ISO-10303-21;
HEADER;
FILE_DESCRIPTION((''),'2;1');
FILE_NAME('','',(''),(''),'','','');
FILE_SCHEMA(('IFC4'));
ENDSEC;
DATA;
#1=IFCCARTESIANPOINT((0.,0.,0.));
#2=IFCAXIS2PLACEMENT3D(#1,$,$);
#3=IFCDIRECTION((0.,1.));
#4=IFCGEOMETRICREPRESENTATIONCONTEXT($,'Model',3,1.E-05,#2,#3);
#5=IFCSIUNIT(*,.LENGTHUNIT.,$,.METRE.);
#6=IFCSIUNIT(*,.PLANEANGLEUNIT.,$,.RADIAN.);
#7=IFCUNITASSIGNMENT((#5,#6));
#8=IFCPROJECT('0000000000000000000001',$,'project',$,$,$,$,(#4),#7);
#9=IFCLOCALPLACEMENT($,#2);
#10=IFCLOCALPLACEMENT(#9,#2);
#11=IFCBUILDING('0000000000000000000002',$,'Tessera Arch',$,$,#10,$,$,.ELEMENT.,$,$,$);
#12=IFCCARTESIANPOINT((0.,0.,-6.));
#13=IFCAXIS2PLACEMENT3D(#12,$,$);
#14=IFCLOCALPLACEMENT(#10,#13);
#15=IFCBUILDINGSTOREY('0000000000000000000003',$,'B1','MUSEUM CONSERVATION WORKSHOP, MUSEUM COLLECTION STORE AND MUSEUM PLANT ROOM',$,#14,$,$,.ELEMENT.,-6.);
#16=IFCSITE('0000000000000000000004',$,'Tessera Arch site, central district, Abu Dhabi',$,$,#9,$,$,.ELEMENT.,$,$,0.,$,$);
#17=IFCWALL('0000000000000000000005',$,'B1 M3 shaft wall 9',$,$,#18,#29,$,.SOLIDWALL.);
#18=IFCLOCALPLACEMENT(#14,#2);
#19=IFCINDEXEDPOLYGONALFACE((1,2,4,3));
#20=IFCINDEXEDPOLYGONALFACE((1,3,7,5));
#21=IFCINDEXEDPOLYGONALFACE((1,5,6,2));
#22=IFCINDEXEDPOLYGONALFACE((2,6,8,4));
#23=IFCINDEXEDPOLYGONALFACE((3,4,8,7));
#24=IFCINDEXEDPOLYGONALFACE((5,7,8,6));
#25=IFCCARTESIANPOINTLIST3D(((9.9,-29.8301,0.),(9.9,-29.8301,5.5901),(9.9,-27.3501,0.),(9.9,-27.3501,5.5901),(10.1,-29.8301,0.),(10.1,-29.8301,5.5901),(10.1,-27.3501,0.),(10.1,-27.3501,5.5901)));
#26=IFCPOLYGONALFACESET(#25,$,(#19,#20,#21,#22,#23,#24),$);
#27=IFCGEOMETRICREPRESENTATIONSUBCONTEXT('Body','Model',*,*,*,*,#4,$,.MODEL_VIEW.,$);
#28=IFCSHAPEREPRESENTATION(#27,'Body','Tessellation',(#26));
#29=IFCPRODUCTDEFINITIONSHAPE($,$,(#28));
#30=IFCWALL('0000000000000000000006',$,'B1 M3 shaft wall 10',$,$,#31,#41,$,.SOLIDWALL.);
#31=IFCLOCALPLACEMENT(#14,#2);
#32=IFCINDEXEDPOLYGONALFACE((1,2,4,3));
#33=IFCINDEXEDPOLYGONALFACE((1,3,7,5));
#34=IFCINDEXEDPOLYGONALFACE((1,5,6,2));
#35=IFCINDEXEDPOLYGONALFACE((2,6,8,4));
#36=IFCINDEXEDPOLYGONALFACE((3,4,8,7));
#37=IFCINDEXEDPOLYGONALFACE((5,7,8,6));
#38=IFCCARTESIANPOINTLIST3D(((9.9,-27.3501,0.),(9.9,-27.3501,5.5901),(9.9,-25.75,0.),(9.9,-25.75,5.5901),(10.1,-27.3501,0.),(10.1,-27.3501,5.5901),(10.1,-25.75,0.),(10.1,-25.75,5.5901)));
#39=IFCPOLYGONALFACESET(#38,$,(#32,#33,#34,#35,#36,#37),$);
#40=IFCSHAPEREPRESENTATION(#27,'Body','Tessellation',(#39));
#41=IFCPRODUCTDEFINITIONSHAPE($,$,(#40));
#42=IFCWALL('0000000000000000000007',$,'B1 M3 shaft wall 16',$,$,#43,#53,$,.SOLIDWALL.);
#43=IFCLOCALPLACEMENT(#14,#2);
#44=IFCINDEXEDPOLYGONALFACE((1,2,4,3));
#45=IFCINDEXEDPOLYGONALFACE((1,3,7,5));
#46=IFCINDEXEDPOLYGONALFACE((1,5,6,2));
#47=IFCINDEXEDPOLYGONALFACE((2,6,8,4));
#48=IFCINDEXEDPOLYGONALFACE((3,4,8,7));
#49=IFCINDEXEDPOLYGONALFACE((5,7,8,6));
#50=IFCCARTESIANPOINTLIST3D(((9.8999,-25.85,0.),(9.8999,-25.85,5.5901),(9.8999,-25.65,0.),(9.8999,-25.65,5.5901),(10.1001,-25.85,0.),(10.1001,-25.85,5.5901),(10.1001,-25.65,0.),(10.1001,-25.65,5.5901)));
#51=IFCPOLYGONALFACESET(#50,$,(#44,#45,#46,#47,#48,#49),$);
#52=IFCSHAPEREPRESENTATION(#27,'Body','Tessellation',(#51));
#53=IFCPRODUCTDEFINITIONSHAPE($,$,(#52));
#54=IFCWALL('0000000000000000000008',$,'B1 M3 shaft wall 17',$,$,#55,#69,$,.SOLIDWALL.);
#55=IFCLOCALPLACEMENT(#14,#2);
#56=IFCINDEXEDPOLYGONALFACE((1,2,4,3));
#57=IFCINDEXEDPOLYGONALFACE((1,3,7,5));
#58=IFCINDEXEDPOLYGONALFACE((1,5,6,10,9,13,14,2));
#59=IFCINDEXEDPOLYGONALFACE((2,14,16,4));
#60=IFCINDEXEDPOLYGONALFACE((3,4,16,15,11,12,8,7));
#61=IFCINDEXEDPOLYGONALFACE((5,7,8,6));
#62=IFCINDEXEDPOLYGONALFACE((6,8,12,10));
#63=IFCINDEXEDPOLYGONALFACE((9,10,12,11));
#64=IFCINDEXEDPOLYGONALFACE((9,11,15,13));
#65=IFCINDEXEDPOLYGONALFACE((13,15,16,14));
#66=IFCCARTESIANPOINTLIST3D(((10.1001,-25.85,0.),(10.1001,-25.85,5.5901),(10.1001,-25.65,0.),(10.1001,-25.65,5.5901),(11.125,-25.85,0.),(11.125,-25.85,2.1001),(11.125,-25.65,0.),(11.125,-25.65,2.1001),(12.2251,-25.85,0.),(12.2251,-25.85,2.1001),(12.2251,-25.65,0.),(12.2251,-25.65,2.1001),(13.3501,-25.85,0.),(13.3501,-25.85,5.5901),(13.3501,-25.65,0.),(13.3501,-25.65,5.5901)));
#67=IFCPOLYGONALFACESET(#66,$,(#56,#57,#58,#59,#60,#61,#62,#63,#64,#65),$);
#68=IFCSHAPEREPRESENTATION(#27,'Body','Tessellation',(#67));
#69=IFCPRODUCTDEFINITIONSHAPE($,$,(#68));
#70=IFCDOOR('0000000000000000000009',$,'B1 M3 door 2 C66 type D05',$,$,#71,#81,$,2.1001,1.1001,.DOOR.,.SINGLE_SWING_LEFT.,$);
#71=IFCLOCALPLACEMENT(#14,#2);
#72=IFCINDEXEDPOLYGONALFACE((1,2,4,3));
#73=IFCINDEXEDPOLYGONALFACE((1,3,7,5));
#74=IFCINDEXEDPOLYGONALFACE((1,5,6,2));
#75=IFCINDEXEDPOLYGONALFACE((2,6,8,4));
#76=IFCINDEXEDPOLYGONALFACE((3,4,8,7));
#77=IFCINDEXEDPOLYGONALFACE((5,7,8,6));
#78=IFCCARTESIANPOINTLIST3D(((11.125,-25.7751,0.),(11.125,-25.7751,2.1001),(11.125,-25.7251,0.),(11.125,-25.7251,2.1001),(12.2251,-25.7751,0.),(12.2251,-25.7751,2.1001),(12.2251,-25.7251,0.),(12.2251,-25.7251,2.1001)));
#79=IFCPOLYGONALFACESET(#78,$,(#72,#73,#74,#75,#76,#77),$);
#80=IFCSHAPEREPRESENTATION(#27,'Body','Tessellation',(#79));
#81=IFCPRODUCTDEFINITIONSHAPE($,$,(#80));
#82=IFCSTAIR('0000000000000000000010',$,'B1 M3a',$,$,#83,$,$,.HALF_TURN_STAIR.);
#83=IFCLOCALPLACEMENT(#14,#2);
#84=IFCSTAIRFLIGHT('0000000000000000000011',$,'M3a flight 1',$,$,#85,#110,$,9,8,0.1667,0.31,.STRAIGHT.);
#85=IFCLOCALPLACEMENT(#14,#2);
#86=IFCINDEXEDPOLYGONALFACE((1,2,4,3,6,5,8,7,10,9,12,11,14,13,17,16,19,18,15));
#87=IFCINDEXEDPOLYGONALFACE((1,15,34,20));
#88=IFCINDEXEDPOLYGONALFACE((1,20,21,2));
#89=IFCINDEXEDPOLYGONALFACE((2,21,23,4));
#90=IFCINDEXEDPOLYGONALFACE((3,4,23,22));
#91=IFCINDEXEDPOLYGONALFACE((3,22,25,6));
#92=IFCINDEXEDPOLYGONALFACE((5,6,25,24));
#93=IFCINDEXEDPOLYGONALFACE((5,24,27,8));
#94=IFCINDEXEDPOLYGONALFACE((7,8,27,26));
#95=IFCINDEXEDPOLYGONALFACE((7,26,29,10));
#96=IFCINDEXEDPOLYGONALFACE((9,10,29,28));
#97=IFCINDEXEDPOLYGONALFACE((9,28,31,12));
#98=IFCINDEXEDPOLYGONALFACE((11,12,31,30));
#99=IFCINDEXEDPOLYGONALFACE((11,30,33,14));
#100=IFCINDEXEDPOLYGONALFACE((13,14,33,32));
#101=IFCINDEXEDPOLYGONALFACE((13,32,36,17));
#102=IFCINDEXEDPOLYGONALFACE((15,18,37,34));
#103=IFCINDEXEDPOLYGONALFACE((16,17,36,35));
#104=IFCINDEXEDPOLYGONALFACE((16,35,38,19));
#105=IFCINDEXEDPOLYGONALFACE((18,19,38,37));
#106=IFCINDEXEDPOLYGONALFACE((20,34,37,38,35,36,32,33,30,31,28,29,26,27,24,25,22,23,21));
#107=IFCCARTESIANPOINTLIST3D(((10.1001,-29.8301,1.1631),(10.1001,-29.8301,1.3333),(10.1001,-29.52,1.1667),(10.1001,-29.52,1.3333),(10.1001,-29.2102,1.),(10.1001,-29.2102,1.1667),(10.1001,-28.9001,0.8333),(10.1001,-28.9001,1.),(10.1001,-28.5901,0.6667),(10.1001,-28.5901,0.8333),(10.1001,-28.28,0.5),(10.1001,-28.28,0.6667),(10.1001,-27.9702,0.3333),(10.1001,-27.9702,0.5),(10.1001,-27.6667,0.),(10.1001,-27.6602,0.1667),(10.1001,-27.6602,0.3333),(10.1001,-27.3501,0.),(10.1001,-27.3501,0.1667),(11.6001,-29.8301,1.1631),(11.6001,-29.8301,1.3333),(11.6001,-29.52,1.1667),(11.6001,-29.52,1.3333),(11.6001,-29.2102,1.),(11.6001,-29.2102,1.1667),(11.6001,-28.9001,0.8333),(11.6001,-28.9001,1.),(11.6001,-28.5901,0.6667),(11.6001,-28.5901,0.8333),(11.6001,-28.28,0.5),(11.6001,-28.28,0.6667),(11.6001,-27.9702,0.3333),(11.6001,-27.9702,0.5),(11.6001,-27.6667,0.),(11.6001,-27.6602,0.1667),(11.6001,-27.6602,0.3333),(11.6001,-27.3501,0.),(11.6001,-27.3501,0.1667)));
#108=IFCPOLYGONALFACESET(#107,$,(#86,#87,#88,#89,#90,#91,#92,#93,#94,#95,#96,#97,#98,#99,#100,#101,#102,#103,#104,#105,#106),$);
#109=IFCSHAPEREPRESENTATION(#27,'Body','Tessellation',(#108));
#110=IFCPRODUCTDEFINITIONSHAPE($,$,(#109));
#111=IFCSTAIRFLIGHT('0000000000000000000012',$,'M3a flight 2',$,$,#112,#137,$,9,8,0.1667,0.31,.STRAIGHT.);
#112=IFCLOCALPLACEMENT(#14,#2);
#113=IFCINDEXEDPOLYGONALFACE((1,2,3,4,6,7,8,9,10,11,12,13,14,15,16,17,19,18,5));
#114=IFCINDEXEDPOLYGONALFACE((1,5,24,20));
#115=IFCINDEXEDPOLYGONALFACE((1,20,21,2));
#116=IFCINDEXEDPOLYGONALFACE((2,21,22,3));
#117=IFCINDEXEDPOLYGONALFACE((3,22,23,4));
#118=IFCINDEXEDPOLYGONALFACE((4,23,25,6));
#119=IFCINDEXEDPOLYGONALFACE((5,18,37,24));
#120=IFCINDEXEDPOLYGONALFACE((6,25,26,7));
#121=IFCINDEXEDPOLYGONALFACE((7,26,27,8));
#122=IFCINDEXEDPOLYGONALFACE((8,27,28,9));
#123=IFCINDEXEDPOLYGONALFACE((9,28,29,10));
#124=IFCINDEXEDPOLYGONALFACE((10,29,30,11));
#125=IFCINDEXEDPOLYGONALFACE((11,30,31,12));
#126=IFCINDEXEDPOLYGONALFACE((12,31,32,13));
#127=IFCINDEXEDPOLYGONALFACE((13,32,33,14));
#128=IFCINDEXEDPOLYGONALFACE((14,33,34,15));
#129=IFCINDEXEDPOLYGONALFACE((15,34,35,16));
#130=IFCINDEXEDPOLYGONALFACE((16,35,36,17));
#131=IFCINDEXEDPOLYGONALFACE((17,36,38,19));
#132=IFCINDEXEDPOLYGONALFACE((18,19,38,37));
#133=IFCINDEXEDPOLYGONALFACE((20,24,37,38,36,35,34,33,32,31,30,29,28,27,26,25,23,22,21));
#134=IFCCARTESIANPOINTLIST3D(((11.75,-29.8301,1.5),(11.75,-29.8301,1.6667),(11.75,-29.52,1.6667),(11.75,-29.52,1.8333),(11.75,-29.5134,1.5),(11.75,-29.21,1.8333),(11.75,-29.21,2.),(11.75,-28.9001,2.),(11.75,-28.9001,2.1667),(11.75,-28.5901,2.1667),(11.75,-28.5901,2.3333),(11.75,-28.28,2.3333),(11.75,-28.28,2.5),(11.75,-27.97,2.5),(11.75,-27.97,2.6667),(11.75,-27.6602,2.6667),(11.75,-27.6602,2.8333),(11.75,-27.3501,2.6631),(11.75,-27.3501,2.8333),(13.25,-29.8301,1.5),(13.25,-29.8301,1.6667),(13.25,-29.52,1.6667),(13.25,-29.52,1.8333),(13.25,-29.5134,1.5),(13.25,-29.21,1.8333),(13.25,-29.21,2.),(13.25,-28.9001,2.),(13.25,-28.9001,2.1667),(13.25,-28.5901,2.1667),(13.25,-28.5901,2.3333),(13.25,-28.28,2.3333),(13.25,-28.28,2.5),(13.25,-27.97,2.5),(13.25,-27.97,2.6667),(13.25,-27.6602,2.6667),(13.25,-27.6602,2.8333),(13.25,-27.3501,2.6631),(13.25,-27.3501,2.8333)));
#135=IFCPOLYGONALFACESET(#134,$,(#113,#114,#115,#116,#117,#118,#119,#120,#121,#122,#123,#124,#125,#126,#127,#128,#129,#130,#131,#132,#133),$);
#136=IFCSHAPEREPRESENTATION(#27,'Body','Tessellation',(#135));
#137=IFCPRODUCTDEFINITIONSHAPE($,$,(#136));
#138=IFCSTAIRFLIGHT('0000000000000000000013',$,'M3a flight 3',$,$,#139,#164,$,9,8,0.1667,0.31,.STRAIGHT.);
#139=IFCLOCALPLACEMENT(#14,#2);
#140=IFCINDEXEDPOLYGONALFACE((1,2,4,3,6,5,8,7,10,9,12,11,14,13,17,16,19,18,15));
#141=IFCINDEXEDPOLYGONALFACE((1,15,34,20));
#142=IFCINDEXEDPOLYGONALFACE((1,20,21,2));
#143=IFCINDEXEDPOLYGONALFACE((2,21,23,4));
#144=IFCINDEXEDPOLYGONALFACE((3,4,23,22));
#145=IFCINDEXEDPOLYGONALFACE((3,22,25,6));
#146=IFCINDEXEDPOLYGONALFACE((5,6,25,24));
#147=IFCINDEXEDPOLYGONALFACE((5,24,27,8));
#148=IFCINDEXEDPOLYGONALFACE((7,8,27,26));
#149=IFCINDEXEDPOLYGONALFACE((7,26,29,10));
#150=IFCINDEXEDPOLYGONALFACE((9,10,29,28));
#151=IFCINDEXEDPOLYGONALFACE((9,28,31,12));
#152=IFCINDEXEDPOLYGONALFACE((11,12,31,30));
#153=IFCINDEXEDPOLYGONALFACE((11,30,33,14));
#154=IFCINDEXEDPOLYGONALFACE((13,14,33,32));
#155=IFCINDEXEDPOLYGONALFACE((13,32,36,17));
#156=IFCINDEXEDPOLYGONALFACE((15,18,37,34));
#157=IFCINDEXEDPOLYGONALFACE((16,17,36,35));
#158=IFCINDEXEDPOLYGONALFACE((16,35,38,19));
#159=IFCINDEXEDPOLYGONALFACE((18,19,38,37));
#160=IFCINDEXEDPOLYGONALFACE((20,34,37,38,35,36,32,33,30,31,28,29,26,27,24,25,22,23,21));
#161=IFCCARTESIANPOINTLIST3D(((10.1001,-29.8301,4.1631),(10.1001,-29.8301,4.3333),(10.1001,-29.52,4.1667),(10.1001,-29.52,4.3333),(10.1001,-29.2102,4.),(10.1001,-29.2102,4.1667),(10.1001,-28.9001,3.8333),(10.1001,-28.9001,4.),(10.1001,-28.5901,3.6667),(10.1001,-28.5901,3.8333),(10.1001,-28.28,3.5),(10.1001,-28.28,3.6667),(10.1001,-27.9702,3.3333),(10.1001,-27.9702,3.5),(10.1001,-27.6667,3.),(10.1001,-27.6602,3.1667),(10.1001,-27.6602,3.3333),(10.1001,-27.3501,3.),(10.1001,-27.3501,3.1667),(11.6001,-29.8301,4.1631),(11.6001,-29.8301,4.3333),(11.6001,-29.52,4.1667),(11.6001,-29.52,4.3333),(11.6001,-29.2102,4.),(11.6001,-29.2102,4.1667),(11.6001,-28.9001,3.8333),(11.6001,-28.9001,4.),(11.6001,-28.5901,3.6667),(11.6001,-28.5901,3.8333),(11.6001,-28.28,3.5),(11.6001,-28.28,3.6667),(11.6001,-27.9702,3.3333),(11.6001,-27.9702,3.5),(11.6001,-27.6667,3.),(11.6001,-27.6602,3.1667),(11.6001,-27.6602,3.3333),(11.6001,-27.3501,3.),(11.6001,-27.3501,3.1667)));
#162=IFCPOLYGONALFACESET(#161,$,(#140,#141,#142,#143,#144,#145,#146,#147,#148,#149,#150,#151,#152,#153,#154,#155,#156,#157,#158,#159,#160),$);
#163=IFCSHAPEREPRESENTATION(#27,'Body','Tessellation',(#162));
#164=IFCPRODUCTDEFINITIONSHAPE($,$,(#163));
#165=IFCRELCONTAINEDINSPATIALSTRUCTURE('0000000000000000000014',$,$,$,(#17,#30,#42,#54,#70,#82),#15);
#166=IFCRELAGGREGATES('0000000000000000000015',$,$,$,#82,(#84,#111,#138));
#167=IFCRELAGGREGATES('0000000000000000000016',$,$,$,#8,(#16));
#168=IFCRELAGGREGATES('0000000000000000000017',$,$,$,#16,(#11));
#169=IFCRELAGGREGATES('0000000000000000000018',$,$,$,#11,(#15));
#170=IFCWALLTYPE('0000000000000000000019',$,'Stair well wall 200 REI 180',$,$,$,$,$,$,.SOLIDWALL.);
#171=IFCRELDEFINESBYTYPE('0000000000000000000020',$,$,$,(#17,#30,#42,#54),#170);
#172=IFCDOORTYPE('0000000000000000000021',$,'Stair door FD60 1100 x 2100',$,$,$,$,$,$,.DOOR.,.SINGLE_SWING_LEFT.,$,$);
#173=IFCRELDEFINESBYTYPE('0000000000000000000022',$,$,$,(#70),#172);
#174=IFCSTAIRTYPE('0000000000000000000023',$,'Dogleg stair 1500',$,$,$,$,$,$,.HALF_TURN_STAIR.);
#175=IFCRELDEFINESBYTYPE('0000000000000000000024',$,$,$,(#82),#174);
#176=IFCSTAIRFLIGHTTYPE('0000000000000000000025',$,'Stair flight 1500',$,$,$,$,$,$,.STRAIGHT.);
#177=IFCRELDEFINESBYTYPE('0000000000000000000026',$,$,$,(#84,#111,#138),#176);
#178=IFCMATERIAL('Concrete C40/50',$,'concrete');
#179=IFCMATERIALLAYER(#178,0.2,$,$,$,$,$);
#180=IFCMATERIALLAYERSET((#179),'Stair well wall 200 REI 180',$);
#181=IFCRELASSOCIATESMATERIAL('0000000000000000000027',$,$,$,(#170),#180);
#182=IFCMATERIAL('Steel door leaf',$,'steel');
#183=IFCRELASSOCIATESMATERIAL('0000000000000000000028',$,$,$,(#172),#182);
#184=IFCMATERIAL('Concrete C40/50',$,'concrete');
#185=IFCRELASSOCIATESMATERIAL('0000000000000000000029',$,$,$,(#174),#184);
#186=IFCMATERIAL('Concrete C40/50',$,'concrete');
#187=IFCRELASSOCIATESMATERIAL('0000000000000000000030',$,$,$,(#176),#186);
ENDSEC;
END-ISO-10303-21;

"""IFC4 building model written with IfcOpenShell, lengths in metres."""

from ifc_helpers import new_model, si_unit, direction, frame, frame_2d, origin, place, context, subcontext, project, spatial, polyline, rectangle, outline, extrude, material, layer, layer_set, type_object, element, fill, aggregate, save


model = new_model("IFC4")

# Units and contexts
model_context = context("Model", 3, precision=1e-05, world=origin(), true_north=direction((0.0, 1.0)))
body_context = subcontext(model_context, "Body", "Model", "MODEL_VIEW")
ifc_project = project(units=[si_unit("LENGTHUNIT", "METRE"), si_unit("PLANEANGLEUNIT", "RADIAN")], contexts=[model_context])

# Site, building, storey
site_placement = place(None, origin())
site = spatial("IfcSite", under=ifc_project, at=site_placement, Name="Tessera Arch site, central district, Abu Dhabi", CompositionType="ELEMENT", RefElevation=0.0)
building_placement = place(site_placement, origin())
building = spatial("IfcBuilding", under=site, at=building_placement, Name="Tessera Arch", CompositionType="ELEMENT")
storey_placement = place(building_placement, frame((0.0, 0.0, -6.0)))
storey = spatial("IfcBuildingStorey", under=building, at=storey_placement, Name="B1", Description="MUSEUM CONSERVATION WORKSHOP, MUSEUM COLLECTION STORE AND MUSEUM PLANT ROOM", CompositionType="ELEMENT", Elevation=-6.0)

# Walls
ifc_material_1 = material(Name="Concrete C40/50", Category="concrete")
ifc_layer_1 = layer(ifc_material_1, 0.2)
ifc_layer_set_1 = layer_set([ifc_layer_1], Name="Stair well wall 200 REI 180")
wall_type_1 = type_object("IfcWallType", Name="Stair well wall 200 REI 180", PredefinedType="SOLIDWALL", material=ifc_layer_set_1)
wall_1_placement = place(storey_placement, frame((10.0, -29.8301, 0.0), z_axis=(0.0, 0.0, 1.0), x_axis=(0.0, 1.0, 0.0)))
element("IfcWall", 1, at=wall_1_placement, inside=storey, type_object=wall_type_1, Name="B1 M3 shaft wall 9", PredefinedType="SOLIDWALL", context=body_context, shape_type="SweptSolid", body=[
    extrude(rectangle(XDim=2.48, YDim=0.2, at=frame_2d((1.24, 0.0))), origin(), (0.0, 0.0, 1.0), 5.5901),
])
wall_2_placement = place(storey_placement, frame((10.0, -27.3501, 0.0), z_axis=(0.0, 0.0, 1.0), x_axis=(0.0, 1.0, 0.0)))
element("IfcWall", 2, at=wall_2_placement, inside=storey, type_object=wall_type_1, Name="B1 M3 shaft wall 10", PredefinedType="SOLIDWALL", context=body_context, shape_type="SweptSolid", body=[
    extrude(rectangle(XDim=1.6001, YDim=0.2, at=frame_2d((0.8, 0.0))), origin(), (0.0, 0.0, 1.0), 5.5901),
])
wall_3_placement = place(storey_placement, frame((9.8999, -25.75, 0.0), z_axis=(0.0, 0.0, 1.0), x_axis=(1.0, 0.0, 0.0)))
element("IfcWall", 3, at=wall_3_placement, inside=storey, type_object=wall_type_1, Name="B1 M3 shaft wall 16", PredefinedType="SOLIDWALL", context=body_context, shape_type="SweptSolid", body=[
    extrude(rectangle(XDim=0.2002, YDim=0.2, at=frame_2d((0.1001, 0.0))), origin(), (0.0, 0.0, 1.0), 5.5901),
])

# Wall, opening, door
wall_4_placement = place(storey_placement, frame((10.1001, -25.75, 0.0), z_axis=(0.0, 0.0, 1.0), x_axis=(1.0, 0.0, 0.0)))
wall_4 = element("IfcWall", 4, at=wall_4_placement, inside=storey, type_object=wall_type_1, Name="B1 M3 shaft wall 17", PredefinedType="SOLIDWALL", context=body_context, shape_type="SweptSolid", body=[
    extrude(rectangle(XDim=3.25, YDim=0.2, at=frame_2d((1.625, 0.0))), origin(), (0.0, 0.0, 1.0), 5.5901),
])
opening_placement = place(wall_4_placement, frame((1.0249, 0.0, 0.0)))
opening = element("IfcOpeningElement", 5, at=opening_placement, cuts=wall_4, PredefinedType="OPENING", context=body_context, shape_type="SweptSolid", body=[
    extrude(rectangle(XDim=1.1001, YDim=2.1001, at=frame_2d((0.55, 1.05))), frame((0.0, 0.1099, 0.0), z_axis=(0.0, -1.0, 0.0), x_axis=(1.0, 0.0, 0.0)), (0.0, 0.0, 1.0), 0.22),
])
ifc_material_2 = material(Name="Steel door leaf", Category="steel")
door_type = type_object("IfcDoorType", Name="Stair door FD60 1100 x 2100", OperationType="SINGLE_SWING_LEFT", PredefinedType="DOOR", material=ifc_material_2)
door_placement = place(opening_placement, origin())
door = element("IfcDoor", 6, at=door_placement, inside=storey, type_object=door_type, Name="B1 M3 door 2 C66 type D05", OperationType="SINGLE_SWING_LEFT", OverallHeight=2.1001, OverallWidth=1.1001, PredefinedType="DOOR", context=body_context, shape_type="SweptSolid", body=[
    extrude(rectangle(XDim=1.1001, YDim=2.1001, at=frame_2d((0.55, 1.05))), frame((0.0, 0.0249, 0.0), z_axis=(0.0, -1.0, 0.0), x_axis=(1.0, 0.0, 0.0)), (0.0, 0.0, 1.0), 0.05),
])
fill(opening, door)

# Stair, stair flights
ifc_material_3 = material(Name="Concrete C40/50", Category="concrete")
stair_type = type_object("IfcStairType", Name="Dogleg stair 1500", PredefinedType="HALF_TURN_STAIR", material=ifc_material_3)
stair_1_placement = place(storey_placement, origin())
stair_1 = element("IfcStair", 7, at=stair_1_placement, inside=storey, type_object=stair_type, Name="B1 M3a", PredefinedType="HALF_TURN_STAIR")
ifc_material_4 = material(Name="Concrete C40/50", Category="concrete")
stair_flight_type = type_object("IfcStairFlightType", Name="Stair flight 1500", PredefinedType="STRAIGHT", material=ifc_material_4)
stair_flight_1_placement = place(storey_placement, frame((10.8501, -27.3501, 0.0), z_axis=(0.0, 0.0, 1.0), x_axis=(0.0, -1.0, 0.0)))
stair_flight_1 = element("IfcStairFlight", 8, at=stair_flight_1_placement, type_object=stair_flight_type, Name="M3a flight 1", NumberOfRisers=9, NumberOfTreads=8, PredefinedType="STRAIGHT", RiserHeight=0.1667, TreadLength=0.31, context=body_context, shape_type="SweptSolid", body=[
    extrude(outline(polyline([(0.0, 0.0), (0.0, 0.1667), (0.3101, 0.1667), (0.3101, 0.3333), (0.6201, 0.3333), (0.6201, 0.5), (0.9299, 0.5), (0.9299, 0.6667), (1.24, 0.6667), (1.24, 0.8333), (1.55, 0.8333), (1.55, 1.0), (1.8601, 1.0), (1.8601, 1.1667), (2.1699, 1.1667), (2.1699, 1.3333), (2.48, 1.3333), (2.48, 1.5), (2.48, 1.1631), (0.3167, 0.0), (0.0, 0.0)])), frame((0.0, 0.75, 0.0), z_axis=(0.0, -1.0, 0.0), x_axis=(1.0, 0.0, 0.0)), (0.0, 0.0, 1.0), 1.5),
])
stair_flight_2_placement = place(storey_placement, frame((12.5, -29.8301, 1.5), z_axis=(0.0, 0.0, 1.0), x_axis=(0.0, 1.0, 0.0)))
stair_flight_2 = element("IfcStairFlight", 9, at=stair_flight_2_placement, type_object=stair_flight_type, Name="M3a flight 2", NumberOfRisers=9, NumberOfTreads=8, PredefinedType="STRAIGHT", RiserHeight=0.1667, TreadLength=0.31, context=body_context, shape_type="SweptSolid", body=[
    extrude(outline(polyline([(0.0, 0.0), (0.0, 0.1667), (0.3101, 0.1667), (0.3101, 0.3333), (0.6201, 0.3333), (0.6201, 0.5), (0.9299, 0.5), (0.9299, 0.6667), (1.24, 0.6667), (1.24, 0.8333), (1.55, 0.8333), (1.55, 1.0), (1.8601, 1.0), (1.8601, 1.1667), (2.1699, 1.1667), (2.1699, 1.3333), (2.48, 1.3333), (2.48, 1.5), (2.48, 1.1631), (0.3167, 0.0), (0.0, 0.0)])), frame((0.0, 0.75, 0.0), z_axis=(0.0, -1.0, 0.0), x_axis=(1.0, 0.0, 0.0)), (0.0, 0.0, 1.0), 1.5),
])
stair_flight_3_placement = place(storey_placement, frame((10.8501, -27.3501, 3.0), z_axis=(0.0, 0.0, 1.0), x_axis=(0.0, -1.0, 0.0)))
stair_flight_3 = element("IfcStairFlight", 10, at=stair_flight_3_placement, type_object=stair_flight_type, Name="M3a flight 3", NumberOfRisers=9, NumberOfTreads=8, PredefinedType="STRAIGHT", RiserHeight=0.1667, TreadLength=0.31, context=body_context, shape_type="SweptSolid", body=[
    extrude(outline(polyline([(0.0, 0.0), (0.0, 0.1667), (0.3101, 0.1667), (0.3101, 0.3333), (0.6201, 0.3333), (0.6201, 0.5), (0.9299, 0.5), (0.9299, 0.6667), (1.24, 0.6667), (1.24, 0.8333), (1.55, 0.8333), (1.55, 1.0), (1.8601, 1.0), (1.8601, 1.1667), (2.1699, 1.1667), (2.1699, 1.3333), (2.48, 1.3333), (2.48, 1.5), (2.48, 1.1631), (0.3167, 0.0), (0.0, 0.0)])), frame((0.0, 0.75, 0.0), z_axis=(0.0, -1.0, 0.0), x_axis=(1.0, 0.0, 0.0)), (0.0, 0.0, 1.0), 1.5),
])
aggregate(stair_1, [stair_flight_1, stair_flight_2, stair_flight_3])

save(model, "model.ifc")
